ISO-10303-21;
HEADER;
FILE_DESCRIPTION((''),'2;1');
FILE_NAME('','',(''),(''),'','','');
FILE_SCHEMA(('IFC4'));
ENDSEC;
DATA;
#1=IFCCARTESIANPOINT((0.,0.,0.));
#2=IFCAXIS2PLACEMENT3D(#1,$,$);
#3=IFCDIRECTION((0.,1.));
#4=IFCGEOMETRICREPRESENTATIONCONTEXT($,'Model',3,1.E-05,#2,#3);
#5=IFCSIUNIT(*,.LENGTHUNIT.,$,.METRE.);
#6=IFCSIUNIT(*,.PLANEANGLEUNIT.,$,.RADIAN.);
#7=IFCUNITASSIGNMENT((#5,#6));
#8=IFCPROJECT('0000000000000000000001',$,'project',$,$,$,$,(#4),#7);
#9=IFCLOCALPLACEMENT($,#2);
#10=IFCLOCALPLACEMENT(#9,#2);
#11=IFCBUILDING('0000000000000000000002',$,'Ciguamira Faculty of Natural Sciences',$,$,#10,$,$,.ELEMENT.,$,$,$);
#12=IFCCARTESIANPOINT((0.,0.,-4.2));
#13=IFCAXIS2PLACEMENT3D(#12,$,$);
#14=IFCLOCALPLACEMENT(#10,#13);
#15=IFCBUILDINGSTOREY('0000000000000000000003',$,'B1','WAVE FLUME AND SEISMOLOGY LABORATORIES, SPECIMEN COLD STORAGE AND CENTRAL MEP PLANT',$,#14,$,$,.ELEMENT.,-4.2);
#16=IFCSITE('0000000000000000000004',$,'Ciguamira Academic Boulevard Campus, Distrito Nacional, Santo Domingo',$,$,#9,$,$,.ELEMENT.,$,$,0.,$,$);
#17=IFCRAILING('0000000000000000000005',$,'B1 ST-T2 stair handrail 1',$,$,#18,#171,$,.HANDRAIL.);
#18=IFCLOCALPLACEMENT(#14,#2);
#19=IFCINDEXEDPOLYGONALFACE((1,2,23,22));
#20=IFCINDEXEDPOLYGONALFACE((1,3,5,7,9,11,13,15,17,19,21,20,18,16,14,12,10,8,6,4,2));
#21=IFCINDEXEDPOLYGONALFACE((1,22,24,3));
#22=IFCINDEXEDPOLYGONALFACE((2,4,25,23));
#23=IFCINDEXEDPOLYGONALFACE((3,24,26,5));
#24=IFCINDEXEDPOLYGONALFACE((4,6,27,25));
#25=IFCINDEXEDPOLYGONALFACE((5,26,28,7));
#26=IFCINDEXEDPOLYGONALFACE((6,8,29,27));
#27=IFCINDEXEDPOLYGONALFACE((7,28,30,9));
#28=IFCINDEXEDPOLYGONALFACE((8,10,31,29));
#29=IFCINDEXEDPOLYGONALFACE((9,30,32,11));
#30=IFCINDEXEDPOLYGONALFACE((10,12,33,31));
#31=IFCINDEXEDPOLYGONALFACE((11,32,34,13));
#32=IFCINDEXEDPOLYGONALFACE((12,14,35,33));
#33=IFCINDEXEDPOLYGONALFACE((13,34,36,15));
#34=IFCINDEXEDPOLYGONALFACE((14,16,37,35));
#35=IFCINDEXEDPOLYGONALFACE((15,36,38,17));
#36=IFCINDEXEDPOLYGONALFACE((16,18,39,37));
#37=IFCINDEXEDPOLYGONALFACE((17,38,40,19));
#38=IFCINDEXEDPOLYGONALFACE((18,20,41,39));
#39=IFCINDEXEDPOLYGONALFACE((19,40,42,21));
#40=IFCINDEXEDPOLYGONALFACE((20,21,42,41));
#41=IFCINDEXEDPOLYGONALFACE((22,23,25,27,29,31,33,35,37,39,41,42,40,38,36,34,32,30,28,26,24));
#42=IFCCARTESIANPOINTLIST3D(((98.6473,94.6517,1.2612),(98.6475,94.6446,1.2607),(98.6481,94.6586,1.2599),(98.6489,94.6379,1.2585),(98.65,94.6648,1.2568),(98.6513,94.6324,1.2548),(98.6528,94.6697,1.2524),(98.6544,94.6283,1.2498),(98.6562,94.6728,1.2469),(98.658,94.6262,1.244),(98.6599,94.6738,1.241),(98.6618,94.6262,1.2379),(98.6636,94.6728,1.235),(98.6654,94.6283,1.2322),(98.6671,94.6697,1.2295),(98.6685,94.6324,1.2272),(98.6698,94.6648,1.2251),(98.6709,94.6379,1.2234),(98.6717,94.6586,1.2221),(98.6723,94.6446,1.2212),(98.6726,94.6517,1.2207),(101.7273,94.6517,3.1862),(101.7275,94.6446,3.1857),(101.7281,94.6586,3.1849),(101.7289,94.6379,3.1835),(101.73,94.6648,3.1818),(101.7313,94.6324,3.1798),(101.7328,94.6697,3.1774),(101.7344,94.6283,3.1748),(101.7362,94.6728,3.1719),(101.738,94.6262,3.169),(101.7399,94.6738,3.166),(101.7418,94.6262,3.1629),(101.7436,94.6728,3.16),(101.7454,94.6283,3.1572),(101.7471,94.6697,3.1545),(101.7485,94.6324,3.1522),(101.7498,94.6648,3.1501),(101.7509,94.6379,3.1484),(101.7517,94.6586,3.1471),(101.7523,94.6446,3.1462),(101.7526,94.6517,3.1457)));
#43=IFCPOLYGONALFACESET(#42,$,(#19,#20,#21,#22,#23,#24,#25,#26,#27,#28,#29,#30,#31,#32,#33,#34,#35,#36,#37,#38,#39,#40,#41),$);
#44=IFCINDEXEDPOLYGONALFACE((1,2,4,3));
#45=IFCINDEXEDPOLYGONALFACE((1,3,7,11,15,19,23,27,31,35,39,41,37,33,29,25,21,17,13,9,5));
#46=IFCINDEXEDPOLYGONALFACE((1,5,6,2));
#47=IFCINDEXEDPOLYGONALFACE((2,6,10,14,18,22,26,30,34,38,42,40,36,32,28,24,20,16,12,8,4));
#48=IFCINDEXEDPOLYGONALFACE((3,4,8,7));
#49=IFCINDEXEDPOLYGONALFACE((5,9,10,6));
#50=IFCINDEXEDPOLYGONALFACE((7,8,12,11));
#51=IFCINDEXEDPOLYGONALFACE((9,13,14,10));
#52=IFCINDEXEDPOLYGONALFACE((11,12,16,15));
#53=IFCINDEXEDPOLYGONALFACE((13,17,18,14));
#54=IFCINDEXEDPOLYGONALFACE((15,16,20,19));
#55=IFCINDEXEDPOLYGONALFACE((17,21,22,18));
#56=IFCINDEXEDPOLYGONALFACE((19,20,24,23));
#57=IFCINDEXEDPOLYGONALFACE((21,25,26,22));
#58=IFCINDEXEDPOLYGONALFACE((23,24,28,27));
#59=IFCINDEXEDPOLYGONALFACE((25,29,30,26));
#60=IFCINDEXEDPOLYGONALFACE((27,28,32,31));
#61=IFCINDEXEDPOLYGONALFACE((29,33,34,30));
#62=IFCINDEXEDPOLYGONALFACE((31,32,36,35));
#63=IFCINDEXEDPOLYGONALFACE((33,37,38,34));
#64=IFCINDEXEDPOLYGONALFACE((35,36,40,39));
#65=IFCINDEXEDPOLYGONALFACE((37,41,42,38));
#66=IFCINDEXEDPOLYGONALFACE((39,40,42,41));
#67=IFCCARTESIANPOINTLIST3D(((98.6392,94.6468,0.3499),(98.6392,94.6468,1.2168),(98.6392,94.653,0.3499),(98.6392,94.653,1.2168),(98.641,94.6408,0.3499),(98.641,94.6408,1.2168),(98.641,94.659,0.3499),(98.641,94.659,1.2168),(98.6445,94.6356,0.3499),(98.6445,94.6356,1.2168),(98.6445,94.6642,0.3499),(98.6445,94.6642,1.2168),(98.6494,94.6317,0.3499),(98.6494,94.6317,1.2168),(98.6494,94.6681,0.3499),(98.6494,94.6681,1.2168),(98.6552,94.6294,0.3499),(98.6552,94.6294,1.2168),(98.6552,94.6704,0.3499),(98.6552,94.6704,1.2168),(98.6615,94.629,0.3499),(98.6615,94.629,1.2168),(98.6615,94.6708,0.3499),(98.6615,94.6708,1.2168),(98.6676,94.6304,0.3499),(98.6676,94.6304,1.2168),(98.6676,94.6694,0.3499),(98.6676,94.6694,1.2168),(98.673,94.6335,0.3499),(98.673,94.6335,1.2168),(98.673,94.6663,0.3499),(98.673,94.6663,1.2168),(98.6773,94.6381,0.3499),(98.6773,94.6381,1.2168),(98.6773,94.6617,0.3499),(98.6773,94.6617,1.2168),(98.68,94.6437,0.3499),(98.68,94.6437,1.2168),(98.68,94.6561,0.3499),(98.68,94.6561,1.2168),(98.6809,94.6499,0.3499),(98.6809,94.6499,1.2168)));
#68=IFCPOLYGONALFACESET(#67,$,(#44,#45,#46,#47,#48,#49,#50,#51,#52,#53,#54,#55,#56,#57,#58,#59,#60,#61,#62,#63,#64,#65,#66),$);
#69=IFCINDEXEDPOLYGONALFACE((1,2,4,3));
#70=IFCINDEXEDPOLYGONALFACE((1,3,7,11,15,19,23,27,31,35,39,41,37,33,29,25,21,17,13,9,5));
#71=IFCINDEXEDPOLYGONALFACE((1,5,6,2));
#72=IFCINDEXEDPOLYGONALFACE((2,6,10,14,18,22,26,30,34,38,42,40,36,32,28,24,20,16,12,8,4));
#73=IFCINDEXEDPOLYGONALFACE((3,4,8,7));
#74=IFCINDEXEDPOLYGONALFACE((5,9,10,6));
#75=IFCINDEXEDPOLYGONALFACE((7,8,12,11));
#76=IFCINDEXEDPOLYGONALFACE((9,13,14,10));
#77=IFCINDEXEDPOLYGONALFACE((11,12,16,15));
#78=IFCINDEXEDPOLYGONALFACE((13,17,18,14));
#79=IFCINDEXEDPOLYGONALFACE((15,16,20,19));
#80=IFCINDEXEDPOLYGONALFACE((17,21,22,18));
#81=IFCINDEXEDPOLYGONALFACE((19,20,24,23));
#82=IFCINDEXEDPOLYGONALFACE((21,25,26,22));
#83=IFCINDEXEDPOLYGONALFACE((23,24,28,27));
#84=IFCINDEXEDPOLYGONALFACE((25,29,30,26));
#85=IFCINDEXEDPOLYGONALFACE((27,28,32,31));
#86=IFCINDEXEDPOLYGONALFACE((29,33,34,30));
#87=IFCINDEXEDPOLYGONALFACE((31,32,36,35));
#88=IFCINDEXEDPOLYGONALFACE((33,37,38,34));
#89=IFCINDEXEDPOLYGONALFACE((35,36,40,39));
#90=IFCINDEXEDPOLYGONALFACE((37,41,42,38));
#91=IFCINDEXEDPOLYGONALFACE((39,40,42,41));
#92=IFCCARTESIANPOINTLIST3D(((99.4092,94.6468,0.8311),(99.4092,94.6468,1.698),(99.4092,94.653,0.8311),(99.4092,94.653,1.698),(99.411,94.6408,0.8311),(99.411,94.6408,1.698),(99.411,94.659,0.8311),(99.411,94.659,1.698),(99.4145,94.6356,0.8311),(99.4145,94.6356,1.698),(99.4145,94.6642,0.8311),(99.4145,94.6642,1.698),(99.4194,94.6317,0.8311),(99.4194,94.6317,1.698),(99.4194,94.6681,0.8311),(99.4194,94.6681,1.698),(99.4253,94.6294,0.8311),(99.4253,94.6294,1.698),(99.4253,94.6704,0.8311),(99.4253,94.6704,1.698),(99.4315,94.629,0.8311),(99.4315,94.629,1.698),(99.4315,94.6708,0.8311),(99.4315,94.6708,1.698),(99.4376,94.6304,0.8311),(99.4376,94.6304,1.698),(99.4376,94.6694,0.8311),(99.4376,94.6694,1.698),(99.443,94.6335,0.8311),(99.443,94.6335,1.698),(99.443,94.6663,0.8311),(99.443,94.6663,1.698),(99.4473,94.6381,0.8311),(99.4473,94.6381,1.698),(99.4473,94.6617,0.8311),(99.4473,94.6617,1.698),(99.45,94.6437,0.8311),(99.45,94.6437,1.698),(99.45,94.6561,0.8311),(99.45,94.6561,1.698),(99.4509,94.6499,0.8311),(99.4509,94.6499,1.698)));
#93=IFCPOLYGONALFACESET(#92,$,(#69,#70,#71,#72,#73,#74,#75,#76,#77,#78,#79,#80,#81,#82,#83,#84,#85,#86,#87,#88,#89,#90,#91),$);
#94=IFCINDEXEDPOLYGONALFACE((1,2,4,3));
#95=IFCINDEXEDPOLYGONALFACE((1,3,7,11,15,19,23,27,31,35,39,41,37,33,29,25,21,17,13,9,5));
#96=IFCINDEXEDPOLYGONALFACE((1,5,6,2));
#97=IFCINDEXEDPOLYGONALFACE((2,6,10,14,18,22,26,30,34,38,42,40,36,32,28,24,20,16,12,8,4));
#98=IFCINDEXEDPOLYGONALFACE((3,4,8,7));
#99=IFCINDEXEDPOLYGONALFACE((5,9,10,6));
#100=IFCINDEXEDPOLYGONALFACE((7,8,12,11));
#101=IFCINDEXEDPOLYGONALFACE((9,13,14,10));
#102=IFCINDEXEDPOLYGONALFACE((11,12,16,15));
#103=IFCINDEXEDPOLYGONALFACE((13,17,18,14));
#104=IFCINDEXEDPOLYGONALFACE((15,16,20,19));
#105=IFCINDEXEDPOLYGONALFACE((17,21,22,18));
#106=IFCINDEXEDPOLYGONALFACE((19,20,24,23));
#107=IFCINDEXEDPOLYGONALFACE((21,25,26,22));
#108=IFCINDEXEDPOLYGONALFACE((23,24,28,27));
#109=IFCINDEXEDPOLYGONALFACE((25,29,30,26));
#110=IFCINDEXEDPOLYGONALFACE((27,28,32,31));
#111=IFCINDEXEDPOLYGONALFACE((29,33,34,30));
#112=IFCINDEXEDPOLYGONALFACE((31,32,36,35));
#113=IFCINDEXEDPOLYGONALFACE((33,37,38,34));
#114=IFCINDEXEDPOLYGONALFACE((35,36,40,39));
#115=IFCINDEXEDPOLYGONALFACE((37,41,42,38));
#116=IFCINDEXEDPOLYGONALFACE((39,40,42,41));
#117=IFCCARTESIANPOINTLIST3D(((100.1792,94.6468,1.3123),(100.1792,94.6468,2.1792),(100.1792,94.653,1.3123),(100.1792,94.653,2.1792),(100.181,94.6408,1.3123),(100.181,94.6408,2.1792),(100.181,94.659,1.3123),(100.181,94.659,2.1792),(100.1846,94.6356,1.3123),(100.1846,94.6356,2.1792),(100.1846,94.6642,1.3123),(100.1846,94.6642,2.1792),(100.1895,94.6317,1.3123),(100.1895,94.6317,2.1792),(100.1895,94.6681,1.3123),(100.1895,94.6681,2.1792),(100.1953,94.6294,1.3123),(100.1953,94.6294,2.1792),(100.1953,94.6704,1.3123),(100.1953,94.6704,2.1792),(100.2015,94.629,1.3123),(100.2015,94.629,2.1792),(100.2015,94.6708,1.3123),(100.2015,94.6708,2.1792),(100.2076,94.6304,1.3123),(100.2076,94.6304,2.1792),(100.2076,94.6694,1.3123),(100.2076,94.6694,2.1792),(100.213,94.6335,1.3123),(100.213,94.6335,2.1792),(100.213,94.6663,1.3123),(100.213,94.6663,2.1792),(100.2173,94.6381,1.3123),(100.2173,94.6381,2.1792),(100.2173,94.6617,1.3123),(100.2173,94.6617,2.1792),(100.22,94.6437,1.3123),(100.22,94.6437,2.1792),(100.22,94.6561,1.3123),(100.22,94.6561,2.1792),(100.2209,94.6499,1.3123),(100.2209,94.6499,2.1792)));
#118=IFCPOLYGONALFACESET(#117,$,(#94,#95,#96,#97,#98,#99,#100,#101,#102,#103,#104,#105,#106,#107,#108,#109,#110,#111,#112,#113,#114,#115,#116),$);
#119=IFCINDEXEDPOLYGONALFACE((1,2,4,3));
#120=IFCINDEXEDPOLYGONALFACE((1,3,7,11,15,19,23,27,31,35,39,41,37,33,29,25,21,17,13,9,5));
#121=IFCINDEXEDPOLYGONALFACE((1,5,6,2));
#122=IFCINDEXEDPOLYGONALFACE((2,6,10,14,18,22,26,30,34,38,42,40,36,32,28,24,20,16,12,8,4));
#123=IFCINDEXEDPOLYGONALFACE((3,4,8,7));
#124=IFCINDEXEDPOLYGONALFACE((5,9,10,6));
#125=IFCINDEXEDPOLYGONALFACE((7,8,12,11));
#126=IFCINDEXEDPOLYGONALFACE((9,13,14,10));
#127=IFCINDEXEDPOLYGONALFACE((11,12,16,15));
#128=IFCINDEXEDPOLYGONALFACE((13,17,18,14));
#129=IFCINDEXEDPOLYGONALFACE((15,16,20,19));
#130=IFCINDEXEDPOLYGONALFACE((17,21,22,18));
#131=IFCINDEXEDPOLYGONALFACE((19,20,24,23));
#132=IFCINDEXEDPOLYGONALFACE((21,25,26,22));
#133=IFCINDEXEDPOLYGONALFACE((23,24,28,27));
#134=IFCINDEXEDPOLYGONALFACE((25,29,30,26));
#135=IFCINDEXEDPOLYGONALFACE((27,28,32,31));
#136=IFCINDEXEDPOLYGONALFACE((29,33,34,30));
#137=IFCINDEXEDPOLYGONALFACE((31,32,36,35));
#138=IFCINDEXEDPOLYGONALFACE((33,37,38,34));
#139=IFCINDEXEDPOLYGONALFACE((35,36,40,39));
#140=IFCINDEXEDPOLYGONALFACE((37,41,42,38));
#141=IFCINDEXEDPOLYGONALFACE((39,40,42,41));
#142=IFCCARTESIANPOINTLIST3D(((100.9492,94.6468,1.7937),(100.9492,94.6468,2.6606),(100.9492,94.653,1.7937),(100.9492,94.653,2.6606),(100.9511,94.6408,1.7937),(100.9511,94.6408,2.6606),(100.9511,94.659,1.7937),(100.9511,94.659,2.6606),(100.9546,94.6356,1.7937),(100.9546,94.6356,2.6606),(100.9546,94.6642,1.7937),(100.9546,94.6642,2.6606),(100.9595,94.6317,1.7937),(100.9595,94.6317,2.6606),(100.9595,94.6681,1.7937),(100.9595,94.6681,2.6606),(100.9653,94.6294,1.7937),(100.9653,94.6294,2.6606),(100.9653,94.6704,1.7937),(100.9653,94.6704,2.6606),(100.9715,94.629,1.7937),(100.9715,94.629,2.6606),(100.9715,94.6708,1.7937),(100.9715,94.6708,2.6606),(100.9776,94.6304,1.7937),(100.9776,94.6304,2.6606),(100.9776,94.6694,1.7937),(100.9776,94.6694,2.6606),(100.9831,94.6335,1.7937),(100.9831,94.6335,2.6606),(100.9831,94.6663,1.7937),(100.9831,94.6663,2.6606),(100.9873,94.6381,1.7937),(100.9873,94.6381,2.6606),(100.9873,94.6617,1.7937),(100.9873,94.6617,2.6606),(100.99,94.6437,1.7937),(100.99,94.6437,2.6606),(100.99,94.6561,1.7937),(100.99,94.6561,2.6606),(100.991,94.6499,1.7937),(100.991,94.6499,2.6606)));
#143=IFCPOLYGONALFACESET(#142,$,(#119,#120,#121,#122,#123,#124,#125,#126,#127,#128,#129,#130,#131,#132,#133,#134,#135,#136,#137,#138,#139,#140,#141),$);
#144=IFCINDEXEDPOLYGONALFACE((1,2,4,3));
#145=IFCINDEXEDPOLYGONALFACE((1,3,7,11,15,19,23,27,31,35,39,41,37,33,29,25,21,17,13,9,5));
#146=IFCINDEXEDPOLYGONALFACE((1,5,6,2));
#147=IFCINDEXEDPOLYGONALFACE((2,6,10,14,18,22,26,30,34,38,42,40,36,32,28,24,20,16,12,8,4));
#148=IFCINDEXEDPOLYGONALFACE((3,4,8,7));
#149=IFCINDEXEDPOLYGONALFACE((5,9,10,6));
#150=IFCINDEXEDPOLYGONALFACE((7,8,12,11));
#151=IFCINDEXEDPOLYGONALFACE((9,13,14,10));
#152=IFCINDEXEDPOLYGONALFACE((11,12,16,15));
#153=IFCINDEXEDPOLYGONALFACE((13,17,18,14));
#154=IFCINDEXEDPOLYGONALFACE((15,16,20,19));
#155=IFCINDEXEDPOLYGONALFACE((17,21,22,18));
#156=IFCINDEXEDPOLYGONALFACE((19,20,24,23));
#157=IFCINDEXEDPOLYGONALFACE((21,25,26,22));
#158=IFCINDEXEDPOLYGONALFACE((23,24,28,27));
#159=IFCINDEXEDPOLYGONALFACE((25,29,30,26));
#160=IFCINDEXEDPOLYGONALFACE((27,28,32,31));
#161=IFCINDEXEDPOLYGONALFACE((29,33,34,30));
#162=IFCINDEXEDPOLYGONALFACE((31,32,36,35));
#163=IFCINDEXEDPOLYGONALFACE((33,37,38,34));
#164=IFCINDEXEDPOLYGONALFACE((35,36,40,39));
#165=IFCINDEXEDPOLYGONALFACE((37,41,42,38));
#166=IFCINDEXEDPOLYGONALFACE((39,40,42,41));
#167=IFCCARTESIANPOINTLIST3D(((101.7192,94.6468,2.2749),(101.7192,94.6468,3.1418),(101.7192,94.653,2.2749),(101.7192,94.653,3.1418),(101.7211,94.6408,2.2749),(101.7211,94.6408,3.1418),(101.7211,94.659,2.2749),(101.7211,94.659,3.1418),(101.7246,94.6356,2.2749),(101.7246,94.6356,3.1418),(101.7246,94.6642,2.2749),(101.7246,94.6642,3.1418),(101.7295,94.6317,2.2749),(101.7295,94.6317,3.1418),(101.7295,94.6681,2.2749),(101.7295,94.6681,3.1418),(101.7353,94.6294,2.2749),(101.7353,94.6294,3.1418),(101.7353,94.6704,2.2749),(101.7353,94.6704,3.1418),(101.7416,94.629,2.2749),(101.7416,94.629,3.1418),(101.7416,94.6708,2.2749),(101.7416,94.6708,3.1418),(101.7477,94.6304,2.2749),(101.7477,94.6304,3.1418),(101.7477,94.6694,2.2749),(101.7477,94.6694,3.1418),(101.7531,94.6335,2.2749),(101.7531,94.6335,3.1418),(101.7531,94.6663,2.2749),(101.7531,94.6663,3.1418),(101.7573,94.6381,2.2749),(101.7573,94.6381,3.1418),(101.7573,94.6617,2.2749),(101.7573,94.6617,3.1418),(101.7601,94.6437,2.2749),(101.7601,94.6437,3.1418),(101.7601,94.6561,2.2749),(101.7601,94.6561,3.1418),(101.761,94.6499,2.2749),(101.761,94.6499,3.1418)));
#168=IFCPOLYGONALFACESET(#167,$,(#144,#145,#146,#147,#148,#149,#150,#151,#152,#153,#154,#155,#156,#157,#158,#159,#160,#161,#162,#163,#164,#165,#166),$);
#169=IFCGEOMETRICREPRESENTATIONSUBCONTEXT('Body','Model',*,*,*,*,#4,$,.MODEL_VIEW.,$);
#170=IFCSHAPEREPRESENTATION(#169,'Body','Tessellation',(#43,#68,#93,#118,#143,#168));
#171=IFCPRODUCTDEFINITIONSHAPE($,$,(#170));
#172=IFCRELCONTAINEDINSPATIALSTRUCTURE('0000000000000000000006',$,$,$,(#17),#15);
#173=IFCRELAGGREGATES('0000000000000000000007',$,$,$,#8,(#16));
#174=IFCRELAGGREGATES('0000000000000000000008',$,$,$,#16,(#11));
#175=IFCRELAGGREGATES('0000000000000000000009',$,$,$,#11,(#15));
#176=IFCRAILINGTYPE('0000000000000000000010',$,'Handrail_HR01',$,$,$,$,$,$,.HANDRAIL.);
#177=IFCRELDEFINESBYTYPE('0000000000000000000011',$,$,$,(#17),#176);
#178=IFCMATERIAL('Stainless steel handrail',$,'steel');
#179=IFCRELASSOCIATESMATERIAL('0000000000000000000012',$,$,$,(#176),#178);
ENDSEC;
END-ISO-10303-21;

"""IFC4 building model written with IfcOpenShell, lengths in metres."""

from ifc_helpers import new_model, si_unit, direction, frame, origin, origin_2d, place, context, subcontext, project, spatial, circle, extrude, material, type_object, element, save


model = new_model("IFC4")

# Units and contexts
model_context = context("Model", 3, precision=1e-05, world=origin(), true_north=direction((0.0, 1.0)))
body_context = subcontext(model_context, "Body", "Model", "MODEL_VIEW")
ifc_project = project(units=[si_unit("LENGTHUNIT", "METRE"), si_unit("PLANEANGLEUNIT", "RADIAN")], contexts=[model_context])

# Site, building, storey
site_placement = place(None, origin())
site = spatial("IfcSite", under=ifc_project, at=site_placement, Name="Ciguamira Academic Boulevard Campus, Distrito Nacional, Santo Domingo", CompositionType="ELEMENT", RefElevation=0.0)
building_placement = place(site_placement, origin())
building = spatial("IfcBuilding", under=site, at=building_placement, Name="Ciguamira Faculty of Natural Sciences", CompositionType="ELEMENT")
storey_placement = place(building_placement, frame((0.0, 0.0, -4.2)))
storey = spatial("IfcBuildingStorey", under=building, at=storey_placement, Name="B1", Description="WAVE FLUME AND SEISMOLOGY LABORATORIES, SPECIMEN COLD STORAGE AND CENTRAL MEP PLANT", CompositionType="ELEMENT", Elevation=-4.2)

# Railing
ifc_material_1 = material(Name="Stainless steel handrail", Category="steel")
railing_type_1 = type_object("IfcRailingType", Name="Handrail_HR01", PredefinedType="HANDRAIL", material=ifc_material_1)
railing_1_placement = place(storey_placement, frame((98.6599, 94.6499, 0.3499)))
element("IfcRailing", 1, at=railing_1_placement, inside=storey, type_object=railing_type_1, Name="B1 ST-T2 stair handrail 1", PredefinedType="HANDRAIL", context=body_context, shape_type="SweptSolid", body=[
    extrude(circle(Radius=0.0239, at=origin_2d()), frame((0.0, 0.0, 0.8911), z_axis=(0.847998, 0.0, 0.529999), x_axis=(0.0, 1.0, 0.0)), (0.0, 0.0, 1.0), 3.6321),
    extrude(circle(Radius=0.021, at=origin_2d()), origin(), (0.0, 0.0, 1.0), 0.8669),
    extrude(circle(Radius=0.021, at=origin_2d()), frame((0.77, 0.0, 0.4812)), (0.0, 0.0, 1.0), 0.8669),
    extrude(circle(Radius=0.021, at=origin_2d()), frame((1.54, 0.0, 0.9624)), (0.0, 0.0, 1.0), 0.8669),
    extrude(circle(Radius=0.021, at=origin_2d()), frame((2.3101, 0.0, 1.4438)), (0.0, 0.0, 1.0), 0.8669),
    extrude(circle(Radius=0.021, at=origin_2d()), frame((3.0801, 0.0, 1.925)), (0.0, 0.0, 1.0), 0.8669),
])

save(model, "model.ifc")
